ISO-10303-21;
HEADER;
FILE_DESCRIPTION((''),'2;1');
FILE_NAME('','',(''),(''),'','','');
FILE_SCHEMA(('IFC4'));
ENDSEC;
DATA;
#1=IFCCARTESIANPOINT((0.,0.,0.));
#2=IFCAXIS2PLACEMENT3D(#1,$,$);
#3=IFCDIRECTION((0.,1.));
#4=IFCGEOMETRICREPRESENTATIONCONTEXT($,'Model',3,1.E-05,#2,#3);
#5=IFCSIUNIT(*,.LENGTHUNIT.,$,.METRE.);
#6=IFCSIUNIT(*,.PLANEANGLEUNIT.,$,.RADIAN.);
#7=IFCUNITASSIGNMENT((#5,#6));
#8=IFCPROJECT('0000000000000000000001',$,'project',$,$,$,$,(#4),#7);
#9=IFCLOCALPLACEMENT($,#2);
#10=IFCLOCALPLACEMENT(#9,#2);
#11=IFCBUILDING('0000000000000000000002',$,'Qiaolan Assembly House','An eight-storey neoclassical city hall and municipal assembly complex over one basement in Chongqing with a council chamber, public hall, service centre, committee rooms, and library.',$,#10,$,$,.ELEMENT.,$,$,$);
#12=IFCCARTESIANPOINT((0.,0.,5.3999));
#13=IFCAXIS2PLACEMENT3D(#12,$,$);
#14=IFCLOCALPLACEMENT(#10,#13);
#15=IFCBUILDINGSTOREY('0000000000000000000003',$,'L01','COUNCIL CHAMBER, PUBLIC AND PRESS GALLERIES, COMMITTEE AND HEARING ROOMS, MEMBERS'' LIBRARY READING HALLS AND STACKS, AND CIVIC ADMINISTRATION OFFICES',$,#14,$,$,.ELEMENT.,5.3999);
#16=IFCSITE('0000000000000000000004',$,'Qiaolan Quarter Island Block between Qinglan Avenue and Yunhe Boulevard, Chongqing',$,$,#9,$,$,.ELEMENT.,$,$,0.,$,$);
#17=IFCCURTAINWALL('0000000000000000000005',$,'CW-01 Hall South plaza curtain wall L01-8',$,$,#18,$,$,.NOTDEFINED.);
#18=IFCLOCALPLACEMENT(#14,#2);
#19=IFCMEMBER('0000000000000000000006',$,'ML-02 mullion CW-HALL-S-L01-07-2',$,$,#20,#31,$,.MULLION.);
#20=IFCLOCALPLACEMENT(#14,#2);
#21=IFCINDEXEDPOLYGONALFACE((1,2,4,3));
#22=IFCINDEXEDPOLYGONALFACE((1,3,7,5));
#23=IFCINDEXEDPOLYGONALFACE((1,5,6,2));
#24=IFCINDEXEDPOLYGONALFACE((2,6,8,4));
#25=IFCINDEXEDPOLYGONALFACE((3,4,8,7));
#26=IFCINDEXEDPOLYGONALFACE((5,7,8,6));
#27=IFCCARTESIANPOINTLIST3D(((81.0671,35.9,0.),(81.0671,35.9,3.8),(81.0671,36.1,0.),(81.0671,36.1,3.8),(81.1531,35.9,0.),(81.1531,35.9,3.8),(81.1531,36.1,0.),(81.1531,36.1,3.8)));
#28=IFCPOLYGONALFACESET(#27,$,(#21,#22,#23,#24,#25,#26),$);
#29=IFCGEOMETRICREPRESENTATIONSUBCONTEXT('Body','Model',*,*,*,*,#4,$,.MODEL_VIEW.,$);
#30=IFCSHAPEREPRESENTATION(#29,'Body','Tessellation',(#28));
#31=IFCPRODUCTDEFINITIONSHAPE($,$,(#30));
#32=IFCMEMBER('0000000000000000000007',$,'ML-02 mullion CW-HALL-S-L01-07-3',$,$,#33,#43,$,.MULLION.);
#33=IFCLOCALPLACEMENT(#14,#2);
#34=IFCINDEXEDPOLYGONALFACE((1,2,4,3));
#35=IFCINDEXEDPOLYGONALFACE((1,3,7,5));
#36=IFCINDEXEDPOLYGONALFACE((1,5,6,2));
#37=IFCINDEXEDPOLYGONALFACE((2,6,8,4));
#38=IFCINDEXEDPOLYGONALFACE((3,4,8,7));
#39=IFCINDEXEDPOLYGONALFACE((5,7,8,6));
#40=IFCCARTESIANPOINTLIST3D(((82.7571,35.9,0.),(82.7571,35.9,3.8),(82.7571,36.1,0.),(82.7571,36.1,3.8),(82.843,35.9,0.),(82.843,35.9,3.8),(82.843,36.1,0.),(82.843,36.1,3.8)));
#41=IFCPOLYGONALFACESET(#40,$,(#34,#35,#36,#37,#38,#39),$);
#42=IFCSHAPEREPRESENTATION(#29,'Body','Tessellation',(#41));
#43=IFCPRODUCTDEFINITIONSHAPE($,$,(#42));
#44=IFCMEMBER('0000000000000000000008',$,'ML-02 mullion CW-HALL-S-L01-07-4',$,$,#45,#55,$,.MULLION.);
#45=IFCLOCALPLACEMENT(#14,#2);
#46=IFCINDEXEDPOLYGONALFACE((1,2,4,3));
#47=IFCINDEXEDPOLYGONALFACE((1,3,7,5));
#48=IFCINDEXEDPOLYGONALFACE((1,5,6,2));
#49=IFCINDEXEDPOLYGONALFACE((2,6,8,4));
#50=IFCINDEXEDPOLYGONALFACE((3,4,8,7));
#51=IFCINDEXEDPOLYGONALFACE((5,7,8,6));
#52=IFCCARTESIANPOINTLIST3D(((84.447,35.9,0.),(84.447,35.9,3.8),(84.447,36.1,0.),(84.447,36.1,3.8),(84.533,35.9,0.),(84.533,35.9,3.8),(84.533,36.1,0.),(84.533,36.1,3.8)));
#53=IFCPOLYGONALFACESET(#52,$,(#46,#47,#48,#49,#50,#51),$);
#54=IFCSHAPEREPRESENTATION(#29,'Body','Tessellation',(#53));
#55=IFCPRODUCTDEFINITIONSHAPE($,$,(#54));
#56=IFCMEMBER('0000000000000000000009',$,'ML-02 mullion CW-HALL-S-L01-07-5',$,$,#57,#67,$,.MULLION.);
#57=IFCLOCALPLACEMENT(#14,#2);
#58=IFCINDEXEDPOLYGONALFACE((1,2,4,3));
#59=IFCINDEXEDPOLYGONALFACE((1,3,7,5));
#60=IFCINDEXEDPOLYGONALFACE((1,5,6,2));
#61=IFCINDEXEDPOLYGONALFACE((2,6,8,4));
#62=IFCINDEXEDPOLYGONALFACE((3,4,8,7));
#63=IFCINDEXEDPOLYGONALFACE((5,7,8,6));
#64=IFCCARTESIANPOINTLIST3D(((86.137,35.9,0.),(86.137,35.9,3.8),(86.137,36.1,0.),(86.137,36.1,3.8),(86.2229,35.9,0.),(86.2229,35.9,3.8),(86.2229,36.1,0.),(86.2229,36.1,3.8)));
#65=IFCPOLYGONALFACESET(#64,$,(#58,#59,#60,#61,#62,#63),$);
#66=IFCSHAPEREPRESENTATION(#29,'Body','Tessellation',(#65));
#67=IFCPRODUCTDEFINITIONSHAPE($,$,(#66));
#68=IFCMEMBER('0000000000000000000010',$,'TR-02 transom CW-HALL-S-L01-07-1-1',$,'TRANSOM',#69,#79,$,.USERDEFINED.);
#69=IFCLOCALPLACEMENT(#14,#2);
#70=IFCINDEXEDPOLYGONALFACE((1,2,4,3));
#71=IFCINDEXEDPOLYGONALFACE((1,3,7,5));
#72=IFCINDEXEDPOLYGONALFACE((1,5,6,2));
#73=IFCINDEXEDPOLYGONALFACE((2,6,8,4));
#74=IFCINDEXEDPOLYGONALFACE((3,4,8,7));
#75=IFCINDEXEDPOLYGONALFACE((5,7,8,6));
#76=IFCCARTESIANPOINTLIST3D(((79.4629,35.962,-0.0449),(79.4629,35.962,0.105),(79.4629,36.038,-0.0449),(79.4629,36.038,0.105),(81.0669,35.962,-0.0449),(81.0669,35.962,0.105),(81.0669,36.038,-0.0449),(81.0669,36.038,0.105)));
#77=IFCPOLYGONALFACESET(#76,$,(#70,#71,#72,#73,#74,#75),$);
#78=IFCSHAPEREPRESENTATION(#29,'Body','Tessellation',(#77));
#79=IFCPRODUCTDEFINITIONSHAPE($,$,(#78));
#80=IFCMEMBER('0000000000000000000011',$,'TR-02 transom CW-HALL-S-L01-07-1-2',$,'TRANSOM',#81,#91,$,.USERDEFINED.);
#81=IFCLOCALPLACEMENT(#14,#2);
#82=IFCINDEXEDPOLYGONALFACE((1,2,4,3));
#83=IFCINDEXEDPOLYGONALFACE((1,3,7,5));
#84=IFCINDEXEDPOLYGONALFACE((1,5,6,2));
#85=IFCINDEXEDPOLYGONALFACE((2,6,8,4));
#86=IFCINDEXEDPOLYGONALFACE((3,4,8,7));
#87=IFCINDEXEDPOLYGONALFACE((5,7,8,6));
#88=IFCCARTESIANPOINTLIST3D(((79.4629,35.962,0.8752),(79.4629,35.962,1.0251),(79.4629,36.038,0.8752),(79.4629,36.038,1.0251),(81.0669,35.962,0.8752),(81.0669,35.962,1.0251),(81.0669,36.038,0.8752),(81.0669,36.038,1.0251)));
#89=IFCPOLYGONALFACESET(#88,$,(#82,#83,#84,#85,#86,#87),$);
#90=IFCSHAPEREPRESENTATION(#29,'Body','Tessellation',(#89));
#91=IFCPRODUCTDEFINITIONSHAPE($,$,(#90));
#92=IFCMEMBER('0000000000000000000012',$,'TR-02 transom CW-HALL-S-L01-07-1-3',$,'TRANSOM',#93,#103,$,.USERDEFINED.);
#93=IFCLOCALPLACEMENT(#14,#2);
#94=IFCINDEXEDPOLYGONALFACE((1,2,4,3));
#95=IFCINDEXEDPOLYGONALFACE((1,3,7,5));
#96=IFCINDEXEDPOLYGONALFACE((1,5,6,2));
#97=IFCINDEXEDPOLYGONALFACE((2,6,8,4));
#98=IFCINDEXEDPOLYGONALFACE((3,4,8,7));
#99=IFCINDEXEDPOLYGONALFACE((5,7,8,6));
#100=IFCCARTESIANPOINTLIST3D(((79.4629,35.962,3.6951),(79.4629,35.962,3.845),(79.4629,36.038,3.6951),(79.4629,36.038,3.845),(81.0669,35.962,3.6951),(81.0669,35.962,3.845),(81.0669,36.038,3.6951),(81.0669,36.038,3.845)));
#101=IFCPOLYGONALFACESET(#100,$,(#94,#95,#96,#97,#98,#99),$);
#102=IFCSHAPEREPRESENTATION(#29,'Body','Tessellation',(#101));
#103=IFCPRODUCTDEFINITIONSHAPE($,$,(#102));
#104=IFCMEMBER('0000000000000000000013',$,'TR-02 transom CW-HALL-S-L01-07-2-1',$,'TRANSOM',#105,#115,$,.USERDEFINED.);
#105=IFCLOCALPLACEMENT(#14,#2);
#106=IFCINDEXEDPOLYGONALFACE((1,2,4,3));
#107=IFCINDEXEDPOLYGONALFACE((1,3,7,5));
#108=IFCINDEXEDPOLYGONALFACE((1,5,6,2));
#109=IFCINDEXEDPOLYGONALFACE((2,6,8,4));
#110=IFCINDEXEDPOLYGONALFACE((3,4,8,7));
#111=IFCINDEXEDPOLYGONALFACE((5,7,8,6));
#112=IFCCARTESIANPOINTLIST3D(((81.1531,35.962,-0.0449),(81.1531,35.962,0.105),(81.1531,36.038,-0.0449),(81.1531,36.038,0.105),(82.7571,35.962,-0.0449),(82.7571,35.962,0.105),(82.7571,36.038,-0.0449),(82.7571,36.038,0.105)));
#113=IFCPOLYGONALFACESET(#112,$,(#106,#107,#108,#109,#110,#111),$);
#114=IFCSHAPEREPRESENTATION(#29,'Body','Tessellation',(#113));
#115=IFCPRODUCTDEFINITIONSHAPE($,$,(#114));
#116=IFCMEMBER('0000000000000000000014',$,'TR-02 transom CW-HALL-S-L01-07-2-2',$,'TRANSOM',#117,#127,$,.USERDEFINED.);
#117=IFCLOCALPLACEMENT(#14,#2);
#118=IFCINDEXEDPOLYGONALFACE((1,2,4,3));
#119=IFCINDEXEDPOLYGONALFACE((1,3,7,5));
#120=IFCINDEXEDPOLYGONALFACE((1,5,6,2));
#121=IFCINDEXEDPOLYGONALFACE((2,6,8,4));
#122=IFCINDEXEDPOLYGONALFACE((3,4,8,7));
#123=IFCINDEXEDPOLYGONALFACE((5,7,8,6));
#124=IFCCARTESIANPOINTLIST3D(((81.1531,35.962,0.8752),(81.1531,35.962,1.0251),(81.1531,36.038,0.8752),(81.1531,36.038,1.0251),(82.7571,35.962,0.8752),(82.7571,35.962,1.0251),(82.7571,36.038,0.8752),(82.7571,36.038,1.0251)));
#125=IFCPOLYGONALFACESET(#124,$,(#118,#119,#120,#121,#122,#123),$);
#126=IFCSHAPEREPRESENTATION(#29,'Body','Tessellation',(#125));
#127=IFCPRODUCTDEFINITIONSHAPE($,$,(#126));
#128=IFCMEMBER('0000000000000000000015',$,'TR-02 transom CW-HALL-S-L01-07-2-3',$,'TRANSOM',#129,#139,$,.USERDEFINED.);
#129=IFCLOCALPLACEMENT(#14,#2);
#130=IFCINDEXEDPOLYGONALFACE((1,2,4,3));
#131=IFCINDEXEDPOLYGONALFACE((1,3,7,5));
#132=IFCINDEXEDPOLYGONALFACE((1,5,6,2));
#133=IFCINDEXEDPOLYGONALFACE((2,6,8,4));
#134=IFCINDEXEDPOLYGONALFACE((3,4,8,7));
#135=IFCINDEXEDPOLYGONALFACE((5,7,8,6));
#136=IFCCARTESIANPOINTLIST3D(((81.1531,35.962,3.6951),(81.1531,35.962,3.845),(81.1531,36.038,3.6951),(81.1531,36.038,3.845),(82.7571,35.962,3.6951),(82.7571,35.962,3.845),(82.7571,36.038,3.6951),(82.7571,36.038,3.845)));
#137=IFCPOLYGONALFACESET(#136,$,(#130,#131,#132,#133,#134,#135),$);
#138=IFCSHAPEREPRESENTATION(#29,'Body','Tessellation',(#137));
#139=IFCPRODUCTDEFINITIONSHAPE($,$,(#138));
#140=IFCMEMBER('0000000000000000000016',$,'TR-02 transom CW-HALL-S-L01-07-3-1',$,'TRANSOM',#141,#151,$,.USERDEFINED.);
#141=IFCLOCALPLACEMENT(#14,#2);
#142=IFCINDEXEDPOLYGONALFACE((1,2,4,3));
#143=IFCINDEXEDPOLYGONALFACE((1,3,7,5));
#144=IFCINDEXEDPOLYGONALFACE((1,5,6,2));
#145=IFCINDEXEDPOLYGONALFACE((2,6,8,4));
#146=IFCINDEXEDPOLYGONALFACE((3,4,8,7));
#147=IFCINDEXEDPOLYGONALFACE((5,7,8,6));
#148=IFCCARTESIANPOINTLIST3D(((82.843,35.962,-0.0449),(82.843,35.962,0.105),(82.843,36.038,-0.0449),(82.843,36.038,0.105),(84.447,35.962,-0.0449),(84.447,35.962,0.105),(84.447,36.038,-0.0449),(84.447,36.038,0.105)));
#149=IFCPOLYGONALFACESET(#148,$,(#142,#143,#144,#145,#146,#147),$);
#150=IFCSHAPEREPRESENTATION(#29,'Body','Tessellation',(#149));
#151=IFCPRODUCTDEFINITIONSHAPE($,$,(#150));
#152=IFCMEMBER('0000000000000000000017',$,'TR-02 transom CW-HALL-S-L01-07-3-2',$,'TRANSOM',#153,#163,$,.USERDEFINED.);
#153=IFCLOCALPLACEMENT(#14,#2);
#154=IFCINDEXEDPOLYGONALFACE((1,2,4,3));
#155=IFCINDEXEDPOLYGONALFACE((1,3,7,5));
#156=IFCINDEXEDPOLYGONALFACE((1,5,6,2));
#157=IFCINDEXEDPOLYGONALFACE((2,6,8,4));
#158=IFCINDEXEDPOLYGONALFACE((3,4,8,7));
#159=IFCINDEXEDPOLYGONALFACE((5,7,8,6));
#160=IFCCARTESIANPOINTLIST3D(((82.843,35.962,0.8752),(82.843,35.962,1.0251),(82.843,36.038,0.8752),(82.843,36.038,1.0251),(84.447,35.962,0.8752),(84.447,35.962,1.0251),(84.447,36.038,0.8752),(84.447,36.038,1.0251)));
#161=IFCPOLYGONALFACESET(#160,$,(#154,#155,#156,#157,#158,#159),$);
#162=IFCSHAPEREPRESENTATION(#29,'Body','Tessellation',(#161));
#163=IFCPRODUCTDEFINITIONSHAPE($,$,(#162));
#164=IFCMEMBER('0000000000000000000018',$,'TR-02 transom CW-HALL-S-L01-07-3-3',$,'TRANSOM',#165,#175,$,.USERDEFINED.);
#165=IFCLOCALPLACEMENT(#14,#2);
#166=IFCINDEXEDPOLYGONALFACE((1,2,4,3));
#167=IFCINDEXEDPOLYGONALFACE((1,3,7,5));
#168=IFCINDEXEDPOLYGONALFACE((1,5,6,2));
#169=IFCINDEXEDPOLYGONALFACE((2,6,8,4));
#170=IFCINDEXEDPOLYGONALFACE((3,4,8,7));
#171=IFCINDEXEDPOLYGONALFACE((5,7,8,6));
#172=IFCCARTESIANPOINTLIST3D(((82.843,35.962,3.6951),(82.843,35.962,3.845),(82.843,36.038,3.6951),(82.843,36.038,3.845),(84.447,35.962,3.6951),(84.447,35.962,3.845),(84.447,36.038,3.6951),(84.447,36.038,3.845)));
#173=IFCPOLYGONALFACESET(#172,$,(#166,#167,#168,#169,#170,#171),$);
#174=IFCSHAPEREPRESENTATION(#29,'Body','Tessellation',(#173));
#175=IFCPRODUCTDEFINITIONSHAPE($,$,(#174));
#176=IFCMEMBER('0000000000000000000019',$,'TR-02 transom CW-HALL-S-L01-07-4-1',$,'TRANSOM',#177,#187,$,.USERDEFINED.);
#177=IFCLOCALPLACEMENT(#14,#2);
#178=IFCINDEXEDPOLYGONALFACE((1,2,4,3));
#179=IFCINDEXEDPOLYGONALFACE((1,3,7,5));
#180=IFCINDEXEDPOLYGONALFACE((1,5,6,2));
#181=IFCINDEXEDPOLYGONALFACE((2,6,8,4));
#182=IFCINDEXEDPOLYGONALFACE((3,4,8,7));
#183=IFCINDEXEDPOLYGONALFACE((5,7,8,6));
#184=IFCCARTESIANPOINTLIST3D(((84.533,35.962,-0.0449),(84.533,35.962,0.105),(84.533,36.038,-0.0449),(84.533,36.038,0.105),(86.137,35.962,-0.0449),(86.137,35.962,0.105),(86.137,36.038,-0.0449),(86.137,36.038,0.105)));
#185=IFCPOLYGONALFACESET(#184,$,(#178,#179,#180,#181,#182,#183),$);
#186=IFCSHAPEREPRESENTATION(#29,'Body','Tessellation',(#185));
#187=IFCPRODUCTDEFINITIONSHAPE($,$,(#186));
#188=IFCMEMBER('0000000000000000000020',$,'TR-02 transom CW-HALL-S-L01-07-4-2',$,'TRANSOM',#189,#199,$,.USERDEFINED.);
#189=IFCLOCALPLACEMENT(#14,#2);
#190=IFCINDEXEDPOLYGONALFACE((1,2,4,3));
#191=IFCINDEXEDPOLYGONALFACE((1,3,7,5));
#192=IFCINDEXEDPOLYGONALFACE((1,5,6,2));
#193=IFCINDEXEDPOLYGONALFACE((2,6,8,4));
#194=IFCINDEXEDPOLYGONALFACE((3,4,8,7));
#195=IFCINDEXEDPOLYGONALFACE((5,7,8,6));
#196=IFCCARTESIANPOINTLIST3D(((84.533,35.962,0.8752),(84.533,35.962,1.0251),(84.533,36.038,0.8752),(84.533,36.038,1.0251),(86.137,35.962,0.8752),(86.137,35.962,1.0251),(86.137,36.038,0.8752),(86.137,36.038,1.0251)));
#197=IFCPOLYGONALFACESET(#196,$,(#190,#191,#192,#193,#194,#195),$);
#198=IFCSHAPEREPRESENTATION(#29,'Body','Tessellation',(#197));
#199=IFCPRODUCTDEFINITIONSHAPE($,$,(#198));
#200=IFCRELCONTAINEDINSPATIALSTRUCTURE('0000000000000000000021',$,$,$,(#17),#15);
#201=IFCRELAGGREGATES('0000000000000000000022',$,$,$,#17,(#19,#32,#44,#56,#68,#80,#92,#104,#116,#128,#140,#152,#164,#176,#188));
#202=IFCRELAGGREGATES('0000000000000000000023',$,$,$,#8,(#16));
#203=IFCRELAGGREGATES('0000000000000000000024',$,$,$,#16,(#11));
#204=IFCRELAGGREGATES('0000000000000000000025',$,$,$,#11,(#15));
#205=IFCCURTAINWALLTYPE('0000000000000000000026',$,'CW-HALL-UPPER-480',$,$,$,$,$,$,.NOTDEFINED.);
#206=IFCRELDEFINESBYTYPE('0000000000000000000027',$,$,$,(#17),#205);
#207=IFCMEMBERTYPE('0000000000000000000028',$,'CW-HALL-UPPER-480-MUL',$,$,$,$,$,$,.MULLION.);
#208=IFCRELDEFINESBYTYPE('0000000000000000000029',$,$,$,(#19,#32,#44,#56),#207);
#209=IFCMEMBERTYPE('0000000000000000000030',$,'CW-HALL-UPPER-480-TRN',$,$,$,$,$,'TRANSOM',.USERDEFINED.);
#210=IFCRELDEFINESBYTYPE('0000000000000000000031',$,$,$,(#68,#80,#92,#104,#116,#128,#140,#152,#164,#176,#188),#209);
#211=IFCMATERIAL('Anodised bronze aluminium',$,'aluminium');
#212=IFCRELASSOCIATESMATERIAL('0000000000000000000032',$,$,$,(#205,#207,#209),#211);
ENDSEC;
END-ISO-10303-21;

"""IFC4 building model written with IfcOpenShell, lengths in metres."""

from ifc_helpers import new_model, si_unit, direction, frame, origin, origin_2d, place, context, subcontext, project, spatial, rectangle, extrude, material, material_profile, profile_set, type_object, element, aggregate, save


model = new_model("IFC4")

# Units and contexts
model_context = context("Model", 3, precision=1e-05, world=origin(), true_north=direction((0.0, 1.0)))
body_context = subcontext(model_context, "Body", "Model", "MODEL_VIEW")
ifc_project = project(units=[si_unit("LENGTHUNIT", "METRE"), si_unit("PLANEANGLEUNIT", "RADIAN")], contexts=[model_context])

# Site, building, storey
site_placement = place(None, origin())
site = spatial("IfcSite", under=ifc_project, at=site_placement, Name="Qiaolan Quarter Island Block between Qinglan Avenue and Yunhe Boulevard, Chongqing", CompositionType="ELEMENT", RefElevation=0.0)
building_placement = place(site_placement, origin())
building = spatial("IfcBuilding", under=site, at=building_placement, Name="Qiaolan Assembly House", Description="An eight-storey neoclassical city hall and municipal assembly complex over one basement in Chongqing with a council chamber, public hall, service centre, committee rooms, and library.", CompositionType="ELEMENT")
storey_placement = place(building_placement, frame((0.0, 0.0, 5.3999)))
storey = spatial("IfcBuildingStorey", under=building, at=storey_placement, Name="L01", Description="COUNCIL CHAMBER, PUBLIC AND PRESS GALLERIES, COMMITTEE AND HEARING ROOMS, MEMBERS' LIBRARY READING HALLS AND STACKS, AND CIVIC ADMINISTRATION OFFICES", CompositionType="ELEMENT", Elevation=5.3999)

# Curtain wall, members
ifc_material_1 = material(Name="Anodised bronze aluminium", Category="aluminium")
curtain_wall_type = type_object("IfcCurtainWallType", Name="CW-HALL-UPPER-480", PredefinedType="NOTDEFINED", material=ifc_material_1)
curtain_wall_placement = place(storey_placement, origin())
curtain_wall = element("IfcCurtainWall", 1, at=curtain_wall_placement, inside=storey, type_object=curtain_wall_type, Name="CW-01 Hall South plaza curtain wall L01-8", PredefinedType="NOTDEFINED")
ifc_material_profile_1 = material_profile(ifc_material_1, rectangle(XDim=0.0859, YDim=0.2, at=origin_2d()), Name="MUL 86x200")
ifc_profile_set_1 = profile_set([ifc_material_profile_1], Name="Anodised bronze aluminium")
member_type_1 = type_object("IfcMemberType", Name="CW-HALL-UPPER-480-MUL", PredefinedType="MULLION", material=ifc_profile_set_1)
member_1_placement = place(storey_placement, frame((81.1101, 36.0, 0.0), z_axis=(0.0, 0.0, 1.0), x_axis=(1.0, 0.0, 0.0)))
member_1 = element("IfcMember", 2, at=member_1_placement, type_object=member_type_1, Name="ML-02 mullion CW-HALL-S-L01-07-2", PredefinedType="MULLION", context=body_context, shape_type="SweptSolid", body=[
    extrude(rectangle(XDim=0.0859, YDim=0.2, at=origin_2d()), origin(), (0.0, 0.0, 1.0), 3.8),
])
member_2_placement = place(storey_placement, frame((82.8, 36.0, 0.0), z_axis=(0.0, 0.0, 1.0), x_axis=(1.0, 0.0, 0.0)))
member_2 = element("IfcMember", 3, at=member_2_placement, type_object=member_type_1, Name="ML-02 mullion CW-HALL-S-L01-07-3", PredefinedType="MULLION", context=body_context, shape_type="SweptSolid", body=[
    extrude(rectangle(XDim=0.0859, YDim=0.2, at=origin_2d()), origin(), (0.0, 0.0, 1.0), 3.8),
])
member_3_placement = place(storey_placement, frame((84.49, 36.0, 0.0), z_axis=(0.0, 0.0, 1.0), x_axis=(1.0, 0.0, 0.0)))
member_3 = element("IfcMember", 4, at=member_3_placement, type_object=member_type_1, Name="ML-02 mullion CW-HALL-S-L01-07-4", PredefinedType="MULLION", context=body_context, shape_type="SweptSolid", body=[
    extrude(rectangle(XDim=0.0859, YDim=0.2, at=origin_2d()), origin(), (0.0, 0.0, 1.0), 3.8),
])
member_4_placement = place(storey_placement, frame((86.1799, 36.0, 0.0), z_axis=(0.0, 0.0, 1.0), x_axis=(1.0, 0.0, 0.0)))
member_4 = element("IfcMember", 5, at=member_4_placement, type_object=member_type_1, Name="ML-02 mullion CW-HALL-S-L01-07-5", PredefinedType="MULLION", context=body_context, shape_type="SweptSolid", body=[
    extrude(rectangle(XDim=0.0859, YDim=0.2, at=origin_2d()), origin(), (0.0, 0.0, 1.0), 3.8),
])
ifc_material_profile_2 = material_profile(ifc_material_1, rectangle(XDim=0.0759, YDim=0.1499, at=origin_2d()), Name="TRN 76x150")
ifc_profile_set_2 = profile_set([ifc_material_profile_2], Name="Anodised bronze aluminium")
member_type_2 = type_object("IfcMemberType", Name="CW-HALL-UPPER-480-TRN", ElementType="TRANSOM", PredefinedType="USERDEFINED", material=ifc_profile_set_2)
member_5_placement = place(storey_placement, frame((79.4629, 36.0, 0.03), z_axis=(1.0, 0.0, 0.0), x_axis=(0.0, 1.0, 0.0)))
member_5 = element("IfcMember", 6, at=member_5_placement, type_object=member_type_2, Name="TR-02 transom CW-HALL-S-L01-07-1-1", ObjectType="TRANSOM", PredefinedType="USERDEFINED", context=body_context, shape_type="SweptSolid", body=[
    extrude(rectangle(XDim=0.0759, YDim=0.1499, at=origin_2d()), origin(), (0.0, 0.0, 1.0), 1.604),
])
member_6_placement = place(storey_placement, frame((79.4629, 36.0, 0.9502), z_axis=(1.0, 0.0, 0.0), x_axis=(0.0, 1.0, 0.0)))
member_6 = element("IfcMember", 7, at=member_6_placement, type_object=member_type_2, Name="TR-02 transom CW-HALL-S-L01-07-1-2", ObjectType="TRANSOM", PredefinedType="USERDEFINED", context=body_context, shape_type="SweptSolid", body=[
    extrude(rectangle(XDim=0.0759, YDim=0.1499, at=origin_2d()), origin(), (0.0, 0.0, 1.0), 1.604),
])
member_7_placement = place(storey_placement, frame((79.4629, 36.0, 3.77), z_axis=(1.0, 0.0, 0.0), x_axis=(0.0, 1.0, 0.0)))
member_7 = element("IfcMember", 8, at=member_7_placement, type_object=member_type_2, Name="TR-02 transom CW-HALL-S-L01-07-1-3", ObjectType="TRANSOM", PredefinedType="USERDEFINED", context=body_context, shape_type="SweptSolid", body=[
    extrude(rectangle(XDim=0.0759, YDim=0.1499, at=origin_2d()), origin(), (0.0, 0.0, 1.0), 1.604),
])
member_8_placement = place(storey_placement, frame((81.1531, 36.0, 0.03), z_axis=(1.0, 0.0, 0.0), x_axis=(0.0, 1.0, 0.0)))
member_8 = element("IfcMember", 9, at=member_8_placement, type_object=member_type_2, Name="TR-02 transom CW-HALL-S-L01-07-2-1", ObjectType="TRANSOM", PredefinedType="USERDEFINED", context=body_context, shape_type="SweptSolid", body=[
    extrude(rectangle(XDim=0.0759, YDim=0.1499, at=origin_2d()), origin(), (0.0, 0.0, 1.0), 1.604),
])
member_9_placement = place(storey_placement, frame((81.1531, 36.0, 0.9502), z_axis=(1.0, 0.0, 0.0), x_axis=(0.0, 1.0, 0.0)))
member_9 = element("IfcMember", 10, at=member_9_placement, type_object=member_type_2, Name="TR-02 transom CW-HALL-S-L01-07-2-2", ObjectType="TRANSOM", PredefinedType="USERDEFINED", context=body_context, shape_type="SweptSolid", body=[
    extrude(rectangle(XDim=0.0759, YDim=0.1499, at=origin_2d()), origin(), (0.0, 0.0, 1.0), 1.604),
])
member_10_placement = place(storey_placement, frame((81.1531, 36.0, 3.77), z_axis=(1.0, 0.0, 0.0), x_axis=(0.0, 1.0, 0.0)))
member_10 = element("IfcMember", 11, at=member_10_placement, type_object=member_type_2, Name="TR-02 transom CW-HALL-S-L01-07-2-3", ObjectType="TRANSOM", PredefinedType="USERDEFINED", context=body_context, shape_type="SweptSolid", body=[
    extrude(rectangle(XDim=0.0759, YDim=0.1499, at=origin_2d()), origin(), (0.0, 0.0, 1.0), 1.604),
])
member_11_placement = place(storey_placement, frame((82.843, 36.0, 0.03), z_axis=(1.0, 0.0, 0.0), x_axis=(0.0, 1.0, 0.0)))
member_11 = element("IfcMember", 12, at=member_11_placement, type_object=member_type_2, Name="TR-02 transom CW-HALL-S-L01-07-3-1", ObjectType="TRANSOM", PredefinedType="USERDEFINED", context=body_context, shape_type="SweptSolid", body=[
    extrude(rectangle(XDim=0.0759, YDim=0.1499, at=origin_2d()), origin(), (0.0, 0.0, 1.0), 1.604),
])
member_12_placement = place(storey_placement, frame((82.843, 36.0, 0.9502), z_axis=(1.0, 0.0, 0.0), x_axis=(0.0, 1.0, 0.0)))
member_12 = element("IfcMember", 13, at=member_12_placement, type_object=member_type_2, Name="TR-02 transom CW-HALL-S-L01-07-3-2", ObjectType="TRANSOM", PredefinedType="USERDEFINED", context=body_context, shape_type="SweptSolid", body=[
    extrude(rectangle(XDim=0.0759, YDim=0.1499, at=origin_2d()), origin(), (0.0, 0.0, 1.0), 1.604),
])
member_13_placement = place(storey_placement, frame((82.843, 36.0, 3.77), z_axis=(1.0, 0.0, 0.0), x_axis=(0.0, 1.0, 0.0)))
member_13 = element("IfcMember", 14, at=member_13_placement, type_object=member_type_2, Name="TR-02 transom CW-HALL-S-L01-07-3-3", ObjectType="TRANSOM", PredefinedType="USERDEFINED", context=body_context, shape_type="SweptSolid", body=[
    extrude(rectangle(XDim=0.0759, YDim=0.1499, at=origin_2d()), origin(), (0.0, 0.0, 1.0), 1.604),
])
member_14_placement = place(storey_placement, frame((84.533, 36.0, 0.03), z_axis=(1.0, 0.0, 0.0), x_axis=(0.0, 1.0, 0.0)))
member_14 = element("IfcMember", 15, at=member_14_placement, type_object=member_type_2, Name="TR-02 transom CW-HALL-S-L01-07-4-1", ObjectType="TRANSOM", PredefinedType="USERDEFINED", context=body_context, shape_type="SweptSolid", body=[
    extrude(rectangle(XDim=0.0759, YDim=0.1499, at=origin_2d()), origin(), (0.0, 0.0, 1.0), 1.604),
])
member_15_placement = place(storey_placement, frame((84.533, 36.0, 0.9502), z_axis=(1.0, 0.0, 0.0), x_axis=(0.0, 1.0, 0.0)))
member_15 = element("IfcMember", 16, at=member_15_placement, type_object=member_type_2, Name="TR-02 transom CW-HALL-S-L01-07-4-2", ObjectType="TRANSOM", PredefinedType="USERDEFINED", context=body_context, shape_type="SweptSolid", body=[
    extrude(rectangle(XDim=0.0759, YDim=0.1499, at=origin_2d()), origin(), (0.0, 0.0, 1.0), 1.604),
])
aggregate(curtain_wall, [member_1, member_2, member_3, member_4, member_5, member_6, member_7, member_8, member_9, member_10, member_11, member_12, member_13, member_14, member_15])

save(model, "model.ifc")
